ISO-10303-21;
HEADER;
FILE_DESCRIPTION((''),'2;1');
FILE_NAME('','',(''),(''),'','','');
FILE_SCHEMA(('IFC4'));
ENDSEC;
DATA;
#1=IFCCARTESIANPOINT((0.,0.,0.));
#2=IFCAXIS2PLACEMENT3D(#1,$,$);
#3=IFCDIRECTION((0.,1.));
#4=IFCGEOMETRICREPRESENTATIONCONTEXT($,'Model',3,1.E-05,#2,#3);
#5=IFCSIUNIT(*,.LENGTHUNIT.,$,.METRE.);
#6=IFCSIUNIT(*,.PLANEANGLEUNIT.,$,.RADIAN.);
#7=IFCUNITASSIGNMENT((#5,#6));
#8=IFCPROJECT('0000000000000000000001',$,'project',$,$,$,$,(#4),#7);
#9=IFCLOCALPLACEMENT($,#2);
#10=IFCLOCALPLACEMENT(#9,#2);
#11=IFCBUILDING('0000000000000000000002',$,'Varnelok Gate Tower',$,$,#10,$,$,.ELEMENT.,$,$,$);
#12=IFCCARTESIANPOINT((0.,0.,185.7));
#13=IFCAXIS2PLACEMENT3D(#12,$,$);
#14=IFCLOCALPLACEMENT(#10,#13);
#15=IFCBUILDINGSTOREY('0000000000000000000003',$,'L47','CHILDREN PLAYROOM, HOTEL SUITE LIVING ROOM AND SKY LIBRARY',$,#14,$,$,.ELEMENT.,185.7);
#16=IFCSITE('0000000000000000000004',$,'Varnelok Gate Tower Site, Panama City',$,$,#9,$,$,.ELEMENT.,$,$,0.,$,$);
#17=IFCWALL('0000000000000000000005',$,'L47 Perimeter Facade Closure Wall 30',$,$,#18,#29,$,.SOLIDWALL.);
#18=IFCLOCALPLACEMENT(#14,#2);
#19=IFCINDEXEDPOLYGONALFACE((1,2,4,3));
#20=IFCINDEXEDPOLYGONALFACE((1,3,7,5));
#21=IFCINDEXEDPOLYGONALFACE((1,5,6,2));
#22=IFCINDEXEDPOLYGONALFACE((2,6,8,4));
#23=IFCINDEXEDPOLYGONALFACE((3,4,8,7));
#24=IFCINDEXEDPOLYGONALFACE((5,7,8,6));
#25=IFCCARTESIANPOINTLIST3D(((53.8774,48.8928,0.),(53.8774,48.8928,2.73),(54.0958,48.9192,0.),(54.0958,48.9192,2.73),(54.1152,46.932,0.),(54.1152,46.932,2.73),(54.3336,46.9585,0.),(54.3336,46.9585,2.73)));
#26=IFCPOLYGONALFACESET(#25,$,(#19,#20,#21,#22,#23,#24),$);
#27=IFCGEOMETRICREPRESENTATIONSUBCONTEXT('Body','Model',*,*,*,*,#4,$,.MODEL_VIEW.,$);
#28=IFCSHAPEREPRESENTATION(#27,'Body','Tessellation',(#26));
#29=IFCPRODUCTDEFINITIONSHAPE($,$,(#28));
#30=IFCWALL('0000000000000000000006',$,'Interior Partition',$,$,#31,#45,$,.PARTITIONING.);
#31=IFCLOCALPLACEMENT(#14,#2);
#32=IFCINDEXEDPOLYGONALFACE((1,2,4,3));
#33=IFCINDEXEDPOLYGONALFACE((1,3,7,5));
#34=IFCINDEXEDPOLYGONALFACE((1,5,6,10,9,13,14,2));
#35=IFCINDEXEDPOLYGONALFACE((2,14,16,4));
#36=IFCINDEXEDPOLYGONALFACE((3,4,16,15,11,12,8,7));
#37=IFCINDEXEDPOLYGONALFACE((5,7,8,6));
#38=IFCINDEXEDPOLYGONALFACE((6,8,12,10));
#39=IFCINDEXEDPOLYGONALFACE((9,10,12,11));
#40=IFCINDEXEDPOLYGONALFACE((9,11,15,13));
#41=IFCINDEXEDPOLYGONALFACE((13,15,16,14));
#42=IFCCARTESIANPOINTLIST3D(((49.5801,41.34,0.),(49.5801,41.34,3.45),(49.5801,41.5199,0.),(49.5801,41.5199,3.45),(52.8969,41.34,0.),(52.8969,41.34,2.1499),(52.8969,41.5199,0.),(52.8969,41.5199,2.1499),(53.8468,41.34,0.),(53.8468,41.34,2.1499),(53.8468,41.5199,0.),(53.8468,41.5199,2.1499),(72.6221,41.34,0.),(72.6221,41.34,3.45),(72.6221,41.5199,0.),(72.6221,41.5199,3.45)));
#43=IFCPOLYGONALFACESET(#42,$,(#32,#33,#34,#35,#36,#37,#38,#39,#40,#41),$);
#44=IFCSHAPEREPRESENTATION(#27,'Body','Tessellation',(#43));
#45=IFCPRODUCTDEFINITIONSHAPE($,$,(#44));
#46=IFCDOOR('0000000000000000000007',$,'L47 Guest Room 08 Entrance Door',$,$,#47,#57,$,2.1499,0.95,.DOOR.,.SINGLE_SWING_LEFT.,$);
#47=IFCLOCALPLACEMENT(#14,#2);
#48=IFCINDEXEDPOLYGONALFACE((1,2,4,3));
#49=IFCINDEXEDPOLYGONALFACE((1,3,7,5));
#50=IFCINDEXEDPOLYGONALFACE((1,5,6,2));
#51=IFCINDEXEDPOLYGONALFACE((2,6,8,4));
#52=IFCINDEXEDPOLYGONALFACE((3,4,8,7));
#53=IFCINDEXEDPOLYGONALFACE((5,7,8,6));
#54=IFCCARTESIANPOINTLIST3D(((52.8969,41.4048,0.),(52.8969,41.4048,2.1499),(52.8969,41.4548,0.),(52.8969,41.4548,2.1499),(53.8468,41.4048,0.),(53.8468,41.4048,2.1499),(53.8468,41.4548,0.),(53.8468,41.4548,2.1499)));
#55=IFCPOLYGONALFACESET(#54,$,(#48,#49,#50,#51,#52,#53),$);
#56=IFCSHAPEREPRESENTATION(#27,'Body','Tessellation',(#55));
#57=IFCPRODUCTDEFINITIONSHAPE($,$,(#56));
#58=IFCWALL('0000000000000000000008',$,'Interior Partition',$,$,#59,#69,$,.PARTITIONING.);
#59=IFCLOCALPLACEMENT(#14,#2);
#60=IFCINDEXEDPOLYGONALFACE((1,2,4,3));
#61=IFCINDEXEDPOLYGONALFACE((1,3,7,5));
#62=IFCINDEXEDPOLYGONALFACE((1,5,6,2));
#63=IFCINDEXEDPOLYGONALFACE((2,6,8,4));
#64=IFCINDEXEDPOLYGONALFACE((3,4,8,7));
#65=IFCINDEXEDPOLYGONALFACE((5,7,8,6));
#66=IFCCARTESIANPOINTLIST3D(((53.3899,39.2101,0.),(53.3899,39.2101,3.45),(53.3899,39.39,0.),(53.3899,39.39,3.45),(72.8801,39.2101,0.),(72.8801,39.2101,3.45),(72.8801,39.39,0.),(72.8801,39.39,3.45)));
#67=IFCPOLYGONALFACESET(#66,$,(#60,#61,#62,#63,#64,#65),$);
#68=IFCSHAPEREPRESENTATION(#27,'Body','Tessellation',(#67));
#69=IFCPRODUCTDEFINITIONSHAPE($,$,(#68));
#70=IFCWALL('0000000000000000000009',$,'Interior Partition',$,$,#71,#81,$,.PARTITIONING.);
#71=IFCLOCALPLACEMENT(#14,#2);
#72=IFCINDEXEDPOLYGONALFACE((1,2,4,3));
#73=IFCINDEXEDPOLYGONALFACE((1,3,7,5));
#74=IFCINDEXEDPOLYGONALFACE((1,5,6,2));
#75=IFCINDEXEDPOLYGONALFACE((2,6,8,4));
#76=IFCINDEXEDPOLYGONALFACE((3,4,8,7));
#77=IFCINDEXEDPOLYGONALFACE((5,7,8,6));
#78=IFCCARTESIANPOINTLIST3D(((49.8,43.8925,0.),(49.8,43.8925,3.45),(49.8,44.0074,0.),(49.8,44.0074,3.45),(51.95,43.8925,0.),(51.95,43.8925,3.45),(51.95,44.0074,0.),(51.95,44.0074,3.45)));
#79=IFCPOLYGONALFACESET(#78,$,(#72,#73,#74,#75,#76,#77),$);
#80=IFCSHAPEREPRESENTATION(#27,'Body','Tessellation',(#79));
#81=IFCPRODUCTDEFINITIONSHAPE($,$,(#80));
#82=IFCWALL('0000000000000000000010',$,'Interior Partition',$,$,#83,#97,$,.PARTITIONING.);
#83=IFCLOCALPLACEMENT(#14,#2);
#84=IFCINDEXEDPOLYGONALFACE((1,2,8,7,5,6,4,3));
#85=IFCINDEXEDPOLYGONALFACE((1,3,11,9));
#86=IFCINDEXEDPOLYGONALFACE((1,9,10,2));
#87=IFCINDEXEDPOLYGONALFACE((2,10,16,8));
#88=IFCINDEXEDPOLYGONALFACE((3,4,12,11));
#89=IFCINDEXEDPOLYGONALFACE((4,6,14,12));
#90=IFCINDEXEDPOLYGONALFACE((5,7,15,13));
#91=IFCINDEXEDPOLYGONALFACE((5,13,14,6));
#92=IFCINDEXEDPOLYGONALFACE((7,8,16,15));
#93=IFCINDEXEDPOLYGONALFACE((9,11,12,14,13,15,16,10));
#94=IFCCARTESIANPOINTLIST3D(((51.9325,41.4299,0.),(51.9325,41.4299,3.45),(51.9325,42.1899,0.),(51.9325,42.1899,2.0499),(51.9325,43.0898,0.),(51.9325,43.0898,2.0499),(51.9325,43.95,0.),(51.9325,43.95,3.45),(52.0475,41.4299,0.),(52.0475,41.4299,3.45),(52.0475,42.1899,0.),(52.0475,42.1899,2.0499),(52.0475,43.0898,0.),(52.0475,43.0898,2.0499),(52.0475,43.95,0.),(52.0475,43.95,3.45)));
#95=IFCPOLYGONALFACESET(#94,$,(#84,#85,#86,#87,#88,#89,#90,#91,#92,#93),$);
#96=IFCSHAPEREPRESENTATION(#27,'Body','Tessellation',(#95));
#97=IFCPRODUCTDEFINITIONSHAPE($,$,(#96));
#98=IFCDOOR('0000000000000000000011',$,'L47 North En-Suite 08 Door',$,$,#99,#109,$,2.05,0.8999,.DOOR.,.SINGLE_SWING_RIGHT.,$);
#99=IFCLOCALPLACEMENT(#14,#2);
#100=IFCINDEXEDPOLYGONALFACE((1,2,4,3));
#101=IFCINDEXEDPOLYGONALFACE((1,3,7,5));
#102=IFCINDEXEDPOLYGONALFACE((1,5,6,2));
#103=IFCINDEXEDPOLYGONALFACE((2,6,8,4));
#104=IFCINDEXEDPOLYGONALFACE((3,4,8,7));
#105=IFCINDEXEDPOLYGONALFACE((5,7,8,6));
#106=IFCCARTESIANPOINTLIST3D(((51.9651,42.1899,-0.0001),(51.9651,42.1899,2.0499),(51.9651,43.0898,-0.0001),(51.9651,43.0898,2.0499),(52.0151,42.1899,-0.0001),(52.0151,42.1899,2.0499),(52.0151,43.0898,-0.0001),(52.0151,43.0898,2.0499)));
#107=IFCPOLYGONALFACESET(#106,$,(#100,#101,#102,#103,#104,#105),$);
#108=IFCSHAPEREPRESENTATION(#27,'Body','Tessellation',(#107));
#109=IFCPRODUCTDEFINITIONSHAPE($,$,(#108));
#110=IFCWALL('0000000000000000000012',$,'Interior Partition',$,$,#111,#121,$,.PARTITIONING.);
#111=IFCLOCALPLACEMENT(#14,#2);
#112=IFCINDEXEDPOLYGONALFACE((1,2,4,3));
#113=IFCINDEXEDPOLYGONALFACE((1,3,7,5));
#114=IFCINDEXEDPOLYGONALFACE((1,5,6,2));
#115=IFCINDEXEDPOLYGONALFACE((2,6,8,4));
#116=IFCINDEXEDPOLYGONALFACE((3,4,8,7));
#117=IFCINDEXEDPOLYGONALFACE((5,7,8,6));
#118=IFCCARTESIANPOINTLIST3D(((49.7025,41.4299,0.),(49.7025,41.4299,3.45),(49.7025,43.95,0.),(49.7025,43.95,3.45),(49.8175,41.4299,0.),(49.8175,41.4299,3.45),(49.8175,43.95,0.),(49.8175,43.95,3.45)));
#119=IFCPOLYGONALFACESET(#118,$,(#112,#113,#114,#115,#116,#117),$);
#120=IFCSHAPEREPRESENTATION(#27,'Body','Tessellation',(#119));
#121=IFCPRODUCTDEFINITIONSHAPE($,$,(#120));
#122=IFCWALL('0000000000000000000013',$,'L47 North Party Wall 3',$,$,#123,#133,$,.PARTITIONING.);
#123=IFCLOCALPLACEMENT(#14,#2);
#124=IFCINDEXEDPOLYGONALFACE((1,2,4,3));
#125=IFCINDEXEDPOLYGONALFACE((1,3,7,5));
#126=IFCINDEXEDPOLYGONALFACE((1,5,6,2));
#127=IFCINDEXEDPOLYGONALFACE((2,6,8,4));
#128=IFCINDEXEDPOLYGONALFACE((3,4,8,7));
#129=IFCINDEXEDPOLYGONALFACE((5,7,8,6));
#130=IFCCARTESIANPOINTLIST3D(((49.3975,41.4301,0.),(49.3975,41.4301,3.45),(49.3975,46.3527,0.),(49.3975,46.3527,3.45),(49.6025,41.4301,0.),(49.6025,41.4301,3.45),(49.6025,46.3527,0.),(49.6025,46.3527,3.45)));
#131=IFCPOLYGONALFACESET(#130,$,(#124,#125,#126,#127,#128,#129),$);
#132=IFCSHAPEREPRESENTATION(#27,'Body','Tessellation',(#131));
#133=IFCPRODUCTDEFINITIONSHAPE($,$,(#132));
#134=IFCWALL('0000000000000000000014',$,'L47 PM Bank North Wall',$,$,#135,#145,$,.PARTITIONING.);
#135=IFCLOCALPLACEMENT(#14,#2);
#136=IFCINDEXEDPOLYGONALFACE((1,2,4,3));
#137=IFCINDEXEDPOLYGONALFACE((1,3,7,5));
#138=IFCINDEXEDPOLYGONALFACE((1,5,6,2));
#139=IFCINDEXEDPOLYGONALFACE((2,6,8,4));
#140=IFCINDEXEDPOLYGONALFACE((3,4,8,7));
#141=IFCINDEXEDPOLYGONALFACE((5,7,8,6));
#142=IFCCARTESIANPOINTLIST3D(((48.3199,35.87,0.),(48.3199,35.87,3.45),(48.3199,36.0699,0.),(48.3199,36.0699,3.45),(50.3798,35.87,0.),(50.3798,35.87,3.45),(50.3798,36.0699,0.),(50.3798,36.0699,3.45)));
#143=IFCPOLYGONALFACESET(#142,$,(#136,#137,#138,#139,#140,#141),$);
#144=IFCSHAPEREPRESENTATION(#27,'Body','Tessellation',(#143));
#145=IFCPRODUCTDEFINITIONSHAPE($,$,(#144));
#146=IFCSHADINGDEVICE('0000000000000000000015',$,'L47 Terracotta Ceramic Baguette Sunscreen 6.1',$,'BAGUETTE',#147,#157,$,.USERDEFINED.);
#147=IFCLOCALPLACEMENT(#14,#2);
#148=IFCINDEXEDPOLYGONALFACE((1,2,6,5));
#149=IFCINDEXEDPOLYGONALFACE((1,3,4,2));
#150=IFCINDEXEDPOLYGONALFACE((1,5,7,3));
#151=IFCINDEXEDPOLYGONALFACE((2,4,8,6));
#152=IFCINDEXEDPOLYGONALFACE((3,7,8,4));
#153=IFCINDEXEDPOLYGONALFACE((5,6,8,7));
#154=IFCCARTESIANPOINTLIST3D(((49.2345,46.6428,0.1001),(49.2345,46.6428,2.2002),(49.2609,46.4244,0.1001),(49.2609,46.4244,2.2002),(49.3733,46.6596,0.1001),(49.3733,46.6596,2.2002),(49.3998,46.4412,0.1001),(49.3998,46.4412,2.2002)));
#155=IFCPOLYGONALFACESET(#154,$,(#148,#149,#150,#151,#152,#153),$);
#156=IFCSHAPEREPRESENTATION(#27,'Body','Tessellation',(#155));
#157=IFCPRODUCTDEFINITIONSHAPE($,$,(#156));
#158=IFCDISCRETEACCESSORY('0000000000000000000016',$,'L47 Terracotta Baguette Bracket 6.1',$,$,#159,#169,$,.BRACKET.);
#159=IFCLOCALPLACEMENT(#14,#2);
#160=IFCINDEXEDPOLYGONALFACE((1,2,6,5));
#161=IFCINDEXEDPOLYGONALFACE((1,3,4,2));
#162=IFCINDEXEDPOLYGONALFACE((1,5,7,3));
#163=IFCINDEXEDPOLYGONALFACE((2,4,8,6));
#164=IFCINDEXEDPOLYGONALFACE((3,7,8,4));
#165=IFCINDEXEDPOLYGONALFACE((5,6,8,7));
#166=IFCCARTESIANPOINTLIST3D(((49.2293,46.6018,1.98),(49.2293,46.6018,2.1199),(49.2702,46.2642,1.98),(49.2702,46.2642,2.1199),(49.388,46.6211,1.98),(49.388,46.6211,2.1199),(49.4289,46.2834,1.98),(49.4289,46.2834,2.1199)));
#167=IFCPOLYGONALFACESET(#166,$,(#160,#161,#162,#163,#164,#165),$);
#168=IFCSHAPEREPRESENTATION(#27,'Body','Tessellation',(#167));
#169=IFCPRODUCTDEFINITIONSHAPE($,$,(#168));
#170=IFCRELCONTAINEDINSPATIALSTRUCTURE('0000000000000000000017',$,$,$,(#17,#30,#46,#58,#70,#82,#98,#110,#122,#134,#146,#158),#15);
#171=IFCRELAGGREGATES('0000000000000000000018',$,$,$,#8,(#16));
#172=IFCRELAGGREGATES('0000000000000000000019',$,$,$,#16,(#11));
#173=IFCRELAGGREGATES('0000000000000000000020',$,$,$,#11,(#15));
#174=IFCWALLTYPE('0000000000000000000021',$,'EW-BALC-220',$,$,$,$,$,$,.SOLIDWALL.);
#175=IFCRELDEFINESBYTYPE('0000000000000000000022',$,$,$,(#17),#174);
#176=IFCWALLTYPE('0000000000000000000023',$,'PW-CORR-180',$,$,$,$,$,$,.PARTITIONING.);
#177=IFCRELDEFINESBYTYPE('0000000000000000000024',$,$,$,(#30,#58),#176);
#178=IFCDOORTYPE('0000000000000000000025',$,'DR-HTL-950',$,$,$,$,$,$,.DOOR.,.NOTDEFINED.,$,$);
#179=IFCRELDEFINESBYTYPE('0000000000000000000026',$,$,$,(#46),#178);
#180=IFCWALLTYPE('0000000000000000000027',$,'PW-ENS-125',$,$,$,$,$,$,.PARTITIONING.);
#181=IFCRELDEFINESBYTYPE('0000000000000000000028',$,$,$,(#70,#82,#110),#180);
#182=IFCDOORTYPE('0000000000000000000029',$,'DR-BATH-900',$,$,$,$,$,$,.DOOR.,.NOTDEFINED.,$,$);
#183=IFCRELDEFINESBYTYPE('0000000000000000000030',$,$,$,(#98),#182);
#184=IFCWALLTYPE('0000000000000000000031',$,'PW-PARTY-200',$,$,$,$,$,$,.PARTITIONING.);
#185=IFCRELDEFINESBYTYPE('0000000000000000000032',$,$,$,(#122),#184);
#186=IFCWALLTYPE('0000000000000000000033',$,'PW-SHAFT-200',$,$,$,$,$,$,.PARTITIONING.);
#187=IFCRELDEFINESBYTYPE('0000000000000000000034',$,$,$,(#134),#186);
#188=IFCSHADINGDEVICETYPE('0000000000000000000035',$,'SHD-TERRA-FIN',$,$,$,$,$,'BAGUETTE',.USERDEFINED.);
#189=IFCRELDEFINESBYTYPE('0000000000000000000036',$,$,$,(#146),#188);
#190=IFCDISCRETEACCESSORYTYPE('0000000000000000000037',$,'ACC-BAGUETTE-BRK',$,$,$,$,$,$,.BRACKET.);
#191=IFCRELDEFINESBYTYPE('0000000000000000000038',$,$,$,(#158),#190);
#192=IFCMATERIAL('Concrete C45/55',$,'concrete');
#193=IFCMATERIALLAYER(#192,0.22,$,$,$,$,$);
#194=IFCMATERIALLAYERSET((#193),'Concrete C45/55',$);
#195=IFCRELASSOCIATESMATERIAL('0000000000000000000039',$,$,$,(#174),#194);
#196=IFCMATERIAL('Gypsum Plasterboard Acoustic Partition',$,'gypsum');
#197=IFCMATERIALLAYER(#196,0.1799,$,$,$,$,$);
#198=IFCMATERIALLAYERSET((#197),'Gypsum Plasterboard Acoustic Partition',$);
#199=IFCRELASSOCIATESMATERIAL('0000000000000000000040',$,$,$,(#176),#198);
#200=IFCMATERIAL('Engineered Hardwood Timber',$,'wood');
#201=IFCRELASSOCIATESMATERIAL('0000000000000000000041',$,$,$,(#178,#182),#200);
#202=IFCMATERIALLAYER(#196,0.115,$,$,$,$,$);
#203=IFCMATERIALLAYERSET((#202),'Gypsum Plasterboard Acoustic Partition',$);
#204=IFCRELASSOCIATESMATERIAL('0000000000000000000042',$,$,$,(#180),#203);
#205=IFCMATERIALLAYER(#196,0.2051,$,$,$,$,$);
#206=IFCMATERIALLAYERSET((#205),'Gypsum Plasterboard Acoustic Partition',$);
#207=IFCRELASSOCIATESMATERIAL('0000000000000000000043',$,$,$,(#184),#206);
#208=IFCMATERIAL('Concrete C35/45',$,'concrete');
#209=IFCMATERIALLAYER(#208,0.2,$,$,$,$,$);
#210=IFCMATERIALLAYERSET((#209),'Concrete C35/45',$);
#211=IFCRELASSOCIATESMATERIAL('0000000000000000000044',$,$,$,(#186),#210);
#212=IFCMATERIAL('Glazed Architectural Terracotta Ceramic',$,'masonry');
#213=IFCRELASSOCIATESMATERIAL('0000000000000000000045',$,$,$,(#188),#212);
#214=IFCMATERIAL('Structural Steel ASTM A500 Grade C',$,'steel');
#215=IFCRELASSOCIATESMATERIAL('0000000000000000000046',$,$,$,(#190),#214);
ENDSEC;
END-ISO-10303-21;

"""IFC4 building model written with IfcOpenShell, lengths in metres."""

from ifc_helpers import new_model, si_unit, direction, frame, frame_2d, origin, origin_2d, place, context, subcontext, project, spatial, rectangle, extrude, source, transform, mapped, material, layer, layer_set, type_object, element, fill, save


model = new_model("IFC4")

# Units and contexts
model_context = context("Model", 3, precision=1e-05, world=origin(), true_north=direction((0.0, 1.0)))
body_context = subcontext(model_context, "Body", "Model", "MODEL_VIEW")
ifc_project = project(units=[si_unit("LENGTHUNIT", "METRE"), si_unit("PLANEANGLEUNIT", "RADIAN")], contexts=[model_context])

# Site, building, storey
site_placement = place(None, origin())
site = spatial("IfcSite", under=ifc_project, at=site_placement, Name="Varnelok Gate Tower Site, Panama City", CompositionType="ELEMENT", RefElevation=0.0)
building_placement = place(site_placement, origin())
building = spatial("IfcBuilding", under=site, at=building_placement, Name="Varnelok Gate Tower", CompositionType="ELEMENT")
storey_placement = place(building_placement, frame((0.0, 0.0, 185.7)))
storey = spatial("IfcBuildingStorey", under=building, at=storey_placement, Name="L47", Description="CHILDREN PLAYROOM, HOTEL SUITE LIVING ROOM AND SKY LIBRARY", CompositionType="ELEMENT", Elevation=185.7)

# Shared definitions
ifc_material_1 = material(Name="Concrete C45/55", Category="concrete")
ifc_layer_1 = layer(ifc_material_1, 0.22)
ifc_layer_set_1 = layer_set([ifc_layer_1], Name="Concrete C45/55")
wall_type_1 = type_object("IfcWallType", Name="EW-BALC-220", PredefinedType="SOLIDWALL", material=ifc_layer_set_1)

# Wall
wall_1_placement = place(storey_placement, frame((53.9866, 48.906, 0.0), z_axis=(0.0, 0.0, 1.0), x_axis=(0.120398, -0.992726, 0.0)))
element("IfcWall", 1, at=wall_1_placement, inside=storey, type_object=wall_type_1, Name="L47 Perimeter Facade Closure Wall 30", PredefinedType="SOLIDWALL", context=body_context, shape_type="SweptSolid", body=[
    extrude(rectangle(XDim=1.9751, YDim=0.22, at=frame_2d((0.9875, 0.0))), origin(), (0.0, 0.0, 1.0), 2.73),
])

# Wall, opening, door
ifc_material_2 = material(Name="Gypsum Plasterboard Acoustic Partition", Category="gypsum")
ifc_layer_2 = layer(ifc_material_2, 0.1799)
ifc_layer_set_2 = layer_set([ifc_layer_2], Name="Gypsum Plasterboard Acoustic Partition")
wall_type_2 = type_object("IfcWallType", Name="PW-CORR-180", PredefinedType="PARTITIONING", material=ifc_layer_set_2)
wall_2_placement = place(storey_placement, frame((49.5801, 41.4299, 0.0), z_axis=(0.0, 0.0, 1.0), x_axis=(1.0, 0.0, 0.0)))
wall_2 = element("IfcWall", 2, at=wall_2_placement, inside=storey, type_object=wall_type_2, Name="Interior Partition", PredefinedType="PARTITIONING", context=body_context, shape_type="SweptSolid", body=[
    extrude(rectangle(XDim=23.042, YDim=0.1799, at=frame_2d((11.521, 0.0))), origin(), (0.0, 0.0, 1.0), 3.45),
])
opening_1_placement = place(wall_2_placement, frame((3.3167, 0.0, 0.0)))
opening_1 = element("IfcOpeningElement", 3, at=opening_1_placement, cuts=wall_2, PredefinedType="OPENING", context=body_context, shape_type="SweptSolid", body=[
    extrude(rectangle(XDim=0.95, YDim=2.1499, at=frame_2d((0.4751, 1.075))), frame((0.0, 0.0999, 0.0), z_axis=(0.0, -1.0, 0.0), x_axis=(1.0, 0.0, 0.0)), (0.0, 0.0, 1.0), 0.2),
])
ifc_material_3 = material(Name="Engineered Hardwood Timber", Category="wood")
door_type_1 = type_object("IfcDoorType", Name="DR-HTL-950", OperationType="NOTDEFINED", PredefinedType="DOOR", material=ifc_material_3)
door_1_placement = place(opening_1_placement, origin())
door_1 = element("IfcDoor", 4, at=door_1_placement, inside=storey, type_object=door_type_1, Name="L47 Guest Room 08 Entrance Door", OperationType="SINGLE_SWING_LEFT", OverallHeight=2.1499, OverallWidth=0.95, PredefinedType="DOOR", context=body_context, shape_type="SweptSolid", body=[
    extrude(rectangle(XDim=0.95, YDim=2.1499, at=frame_2d((0.4751, 1.075))), frame((0.0, 0.0249, 0.0), z_axis=(0.0, -1.0, 0.0), x_axis=(1.0, 0.0, 0.0)), (0.0, 0.0, 1.0), 0.05),
])
fill(opening_1, door_1)

# Walls
wall_3_placement = place(storey_placement, frame((53.3899, 39.3, 0.0), z_axis=(0.0, 0.0, 1.0), x_axis=(1.0, 0.0, 0.0)))
element("IfcWall", 5, at=wall_3_placement, inside=storey, type_object=wall_type_2, Name="Interior Partition", PredefinedType="PARTITIONING", context=body_context, shape_type="SweptSolid", body=[
    extrude(rectangle(XDim=19.4902, YDim=0.1799, at=frame_2d((9.7451, 0.0))), origin(), (0.0, 0.0, 1.0), 3.45),
])
ifc_layer_3 = layer(ifc_material_2, 0.115)
ifc_layer_set_3 = layer_set([ifc_layer_3], Name="Gypsum Plasterboard Acoustic Partition")
wall_type_3 = type_object("IfcWallType", Name="PW-ENS-125", PredefinedType="PARTITIONING", material=ifc_layer_set_3)
wall_4_placement = place(storey_placement, frame((49.8, 43.95, 0.0), z_axis=(0.0, 0.0, 1.0), x_axis=(1.0, 0.0, 0.0)))
element("IfcWall", 6, at=wall_4_placement, inside=storey, type_object=wall_type_3, Name="Interior Partition", PredefinedType="PARTITIONING", context=body_context, shape_type="SweptSolid", body=[
    extrude(rectangle(XDim=2.1499, YDim=0.115, at=frame_2d((1.075, 0.0))), origin(), (0.0, 0.0, 1.0), 3.45),
])

# Wall, opening, door
wall_5_placement = place(storey_placement, frame((51.99, 41.4299, 0.0), z_axis=(0.0, 0.0, 1.0), x_axis=(0.0, 1.0, 0.0)))
wall_5 = element("IfcWall", 7, at=wall_5_placement, inside=storey, type_object=wall_type_3, Name="Interior Partition", PredefinedType="PARTITIONING", context=body_context, shape_type="SweptSolid", body=[
    extrude(rectangle(XDim=2.52, YDim=0.115, at=frame_2d((1.26, 0.0))), origin(), (0.0, 0.0, 1.0), 3.45),
])
opening_2_placement = place(wall_5_placement, frame((0.76, 0.0, 0.0)))
opening_2 = element("IfcOpeningElement", 8, at=opening_2_placement, cuts=wall_5, PredefinedType="OPENING", context=body_context, shape_type="SweptSolid", body=[
    extrude(rectangle(XDim=0.8999, YDim=2.05, at=frame_2d((0.45, 1.0249))), frame((0.0, 0.0674, 0.0), z_axis=(0.0, -1.0, 0.0), x_axis=(1.0, 0.0, 0.0)), (0.0, 0.0, 1.0), 0.135),
])
door_type_2 = type_object("IfcDoorType", Name="DR-BATH-900", OperationType="NOTDEFINED", PredefinedType="DOOR", material=ifc_material_3)
door_2_placement = place(opening_2_placement, origin())
door_2 = element("IfcDoor", 9, at=door_2_placement, inside=storey, type_object=door_type_2, Name="L47 North En-Suite 08 Door", OperationType="SINGLE_SWING_RIGHT", OverallHeight=2.05, OverallWidth=0.8999, PredefinedType="DOOR", context=body_context, shape_type="SweptSolid", body=[
    extrude(rectangle(XDim=0.8999, YDim=2.05, at=frame_2d((0.45, 1.0249))), frame((0.0, 0.0249, 0.0), z_axis=(0.0, -1.0, 0.0), x_axis=(1.0, 0.0, 0.0)), (0.0, 0.0, 1.0), 0.05),
])
fill(opening_2, door_2)

# Walls
wall_6_placement = place(storey_placement, frame((49.76, 41.4299, 0.0), z_axis=(0.0, 0.0, 1.0), x_axis=(0.0, 1.0, 0.0)))
element("IfcWall", 10, at=wall_6_placement, inside=storey, type_object=wall_type_3, Name="Interior Partition", PredefinedType="PARTITIONING", context=body_context, shape_type="SweptSolid", body=[
    extrude(rectangle(XDim=2.52, YDim=0.115, at=frame_2d((1.26, 0.0))), origin(), (0.0, 0.0, 1.0), 3.45),
])
ifc_layer_4 = layer(ifc_material_2, 0.2051)
ifc_layer_set_4 = layer_set([ifc_layer_4], Name="Gypsum Plasterboard Acoustic Partition")
wall_type_4 = type_object("IfcWallType", Name="PW-PARTY-200", PredefinedType="PARTITIONING", material=ifc_layer_set_4)
wall_7_placement = place(storey_placement, frame((49.5, 41.4299, 0.0), z_axis=(0.0, 0.0, 1.0), x_axis=(0.0, 1.0, 0.0)))
element("IfcWall", 11, at=wall_7_placement, inside=storey, type_object=wall_type_4, Name="L47 North Party Wall 3", PredefinedType="PARTITIONING", context=body_context, shape_type="SweptSolid", body=[
    extrude(rectangle(XDim=4.9226, YDim=0.2051, at=frame_2d((2.4614, 0.0))), origin(), (0.0, 0.0, 1.0), 3.45),
])
ifc_material_4 = material(Name="Concrete C35/45", Category="concrete")
ifc_layer_5 = layer(ifc_material_4, 0.2)
ifc_layer_set_5 = layer_set([ifc_layer_5], Name="Concrete C35/45")
wall_type_5 = type_object("IfcWallType", Name="PW-SHAFT-200", PredefinedType="PARTITIONING", material=ifc_layer_set_5)
wall_8_placement = place(storey_placement, frame((48.3201, 35.97, 0.0), z_axis=(0.0, 0.0, 1.0), x_axis=(1.0, 0.0, 0.0)))
element("IfcWall", 12, at=wall_8_placement, inside=storey, type_object=wall_type_5, Name="L47 PM Bank North Wall", PredefinedType="PARTITIONING", context=body_context, shape_type="SweptSolid", body=[
    extrude(rectangle(XDim=2.0598, YDim=0.2, at=frame_2d((1.0298, 0.0))), origin(), (0.0, 0.0, 1.0), 3.45),
])

# Shading device
ifc_material_5 = material(Name="Glazed Architectural Terracotta Ceramic", Category="masonry")
shading_device_type = type_object("IfcShadingDeviceType", Name="SHD-TERRA-FIN", ElementType="BAGUETTE", PredefinedType="USERDEFINED", material=ifc_material_5)
shared_shape_1 = source(origin(), body_context, "Body", "SweptSolid", [
    extrude(rectangle(XDim=0.1399, YDim=0.22, at=origin_2d()), origin(), (0.0, 0.0, 1.0), 2.1001),
])
shading_device_placement = place(storey_placement, frame((49.3171, 46.542, 0.1001), z_axis=(0.0, 0.0, 1.0), x_axis=(0.992732, 0.120345, 0.0)))
element("IfcShadingDevice", 13, at=shading_device_placement, inside=storey, type_object=shading_device_type, Name="L47 Terracotta Ceramic Baguette Sunscreen 6.1", ObjectType="BAGUETTE", PredefinedType="USERDEFINED", context=body_context, shape_type="MappedRepresentation", body=[
    mapped(shared_shape_1, transform((0.0, 0.0, 0.0), scale=1.0)),
])

# Discrete accessory
ifc_material_6 = material(Name="Structural Steel ASTM A500 Grade C", Category="steel")
discrete_accessory_type = type_object("IfcDiscreteAccessoryType", Name="ACC-BAGUETTE-BRK", PredefinedType="BRACKET", material=ifc_material_6)
shared_shape_2 = source(origin(), body_context, "Body", "SweptSolid", [
    extrude(rectangle(XDim=0.1599, YDim=0.3401, at=origin_2d()), origin(), (0.0, 0.0, 1.0), 0.1399),
])
discrete_accessory_placement = place(storey_placement, frame((49.3291, 46.4426, 1.98), z_axis=(0.0, 0.0, 1.0), x_axis=(0.992732, 0.120345, 0.0)))
element("IfcDiscreteAccessory", 14, at=discrete_accessory_placement, inside=storey, type_object=discrete_accessory_type, Name="L47 Terracotta Baguette Bracket 6.1", PredefinedType="BRACKET", context=body_context, shape_type="MappedRepresentation", body=[
    mapped(shared_shape_2, transform((0.0, 0.0, 0.0), scale=1.0)),
])

save(model, "model.ifc")
